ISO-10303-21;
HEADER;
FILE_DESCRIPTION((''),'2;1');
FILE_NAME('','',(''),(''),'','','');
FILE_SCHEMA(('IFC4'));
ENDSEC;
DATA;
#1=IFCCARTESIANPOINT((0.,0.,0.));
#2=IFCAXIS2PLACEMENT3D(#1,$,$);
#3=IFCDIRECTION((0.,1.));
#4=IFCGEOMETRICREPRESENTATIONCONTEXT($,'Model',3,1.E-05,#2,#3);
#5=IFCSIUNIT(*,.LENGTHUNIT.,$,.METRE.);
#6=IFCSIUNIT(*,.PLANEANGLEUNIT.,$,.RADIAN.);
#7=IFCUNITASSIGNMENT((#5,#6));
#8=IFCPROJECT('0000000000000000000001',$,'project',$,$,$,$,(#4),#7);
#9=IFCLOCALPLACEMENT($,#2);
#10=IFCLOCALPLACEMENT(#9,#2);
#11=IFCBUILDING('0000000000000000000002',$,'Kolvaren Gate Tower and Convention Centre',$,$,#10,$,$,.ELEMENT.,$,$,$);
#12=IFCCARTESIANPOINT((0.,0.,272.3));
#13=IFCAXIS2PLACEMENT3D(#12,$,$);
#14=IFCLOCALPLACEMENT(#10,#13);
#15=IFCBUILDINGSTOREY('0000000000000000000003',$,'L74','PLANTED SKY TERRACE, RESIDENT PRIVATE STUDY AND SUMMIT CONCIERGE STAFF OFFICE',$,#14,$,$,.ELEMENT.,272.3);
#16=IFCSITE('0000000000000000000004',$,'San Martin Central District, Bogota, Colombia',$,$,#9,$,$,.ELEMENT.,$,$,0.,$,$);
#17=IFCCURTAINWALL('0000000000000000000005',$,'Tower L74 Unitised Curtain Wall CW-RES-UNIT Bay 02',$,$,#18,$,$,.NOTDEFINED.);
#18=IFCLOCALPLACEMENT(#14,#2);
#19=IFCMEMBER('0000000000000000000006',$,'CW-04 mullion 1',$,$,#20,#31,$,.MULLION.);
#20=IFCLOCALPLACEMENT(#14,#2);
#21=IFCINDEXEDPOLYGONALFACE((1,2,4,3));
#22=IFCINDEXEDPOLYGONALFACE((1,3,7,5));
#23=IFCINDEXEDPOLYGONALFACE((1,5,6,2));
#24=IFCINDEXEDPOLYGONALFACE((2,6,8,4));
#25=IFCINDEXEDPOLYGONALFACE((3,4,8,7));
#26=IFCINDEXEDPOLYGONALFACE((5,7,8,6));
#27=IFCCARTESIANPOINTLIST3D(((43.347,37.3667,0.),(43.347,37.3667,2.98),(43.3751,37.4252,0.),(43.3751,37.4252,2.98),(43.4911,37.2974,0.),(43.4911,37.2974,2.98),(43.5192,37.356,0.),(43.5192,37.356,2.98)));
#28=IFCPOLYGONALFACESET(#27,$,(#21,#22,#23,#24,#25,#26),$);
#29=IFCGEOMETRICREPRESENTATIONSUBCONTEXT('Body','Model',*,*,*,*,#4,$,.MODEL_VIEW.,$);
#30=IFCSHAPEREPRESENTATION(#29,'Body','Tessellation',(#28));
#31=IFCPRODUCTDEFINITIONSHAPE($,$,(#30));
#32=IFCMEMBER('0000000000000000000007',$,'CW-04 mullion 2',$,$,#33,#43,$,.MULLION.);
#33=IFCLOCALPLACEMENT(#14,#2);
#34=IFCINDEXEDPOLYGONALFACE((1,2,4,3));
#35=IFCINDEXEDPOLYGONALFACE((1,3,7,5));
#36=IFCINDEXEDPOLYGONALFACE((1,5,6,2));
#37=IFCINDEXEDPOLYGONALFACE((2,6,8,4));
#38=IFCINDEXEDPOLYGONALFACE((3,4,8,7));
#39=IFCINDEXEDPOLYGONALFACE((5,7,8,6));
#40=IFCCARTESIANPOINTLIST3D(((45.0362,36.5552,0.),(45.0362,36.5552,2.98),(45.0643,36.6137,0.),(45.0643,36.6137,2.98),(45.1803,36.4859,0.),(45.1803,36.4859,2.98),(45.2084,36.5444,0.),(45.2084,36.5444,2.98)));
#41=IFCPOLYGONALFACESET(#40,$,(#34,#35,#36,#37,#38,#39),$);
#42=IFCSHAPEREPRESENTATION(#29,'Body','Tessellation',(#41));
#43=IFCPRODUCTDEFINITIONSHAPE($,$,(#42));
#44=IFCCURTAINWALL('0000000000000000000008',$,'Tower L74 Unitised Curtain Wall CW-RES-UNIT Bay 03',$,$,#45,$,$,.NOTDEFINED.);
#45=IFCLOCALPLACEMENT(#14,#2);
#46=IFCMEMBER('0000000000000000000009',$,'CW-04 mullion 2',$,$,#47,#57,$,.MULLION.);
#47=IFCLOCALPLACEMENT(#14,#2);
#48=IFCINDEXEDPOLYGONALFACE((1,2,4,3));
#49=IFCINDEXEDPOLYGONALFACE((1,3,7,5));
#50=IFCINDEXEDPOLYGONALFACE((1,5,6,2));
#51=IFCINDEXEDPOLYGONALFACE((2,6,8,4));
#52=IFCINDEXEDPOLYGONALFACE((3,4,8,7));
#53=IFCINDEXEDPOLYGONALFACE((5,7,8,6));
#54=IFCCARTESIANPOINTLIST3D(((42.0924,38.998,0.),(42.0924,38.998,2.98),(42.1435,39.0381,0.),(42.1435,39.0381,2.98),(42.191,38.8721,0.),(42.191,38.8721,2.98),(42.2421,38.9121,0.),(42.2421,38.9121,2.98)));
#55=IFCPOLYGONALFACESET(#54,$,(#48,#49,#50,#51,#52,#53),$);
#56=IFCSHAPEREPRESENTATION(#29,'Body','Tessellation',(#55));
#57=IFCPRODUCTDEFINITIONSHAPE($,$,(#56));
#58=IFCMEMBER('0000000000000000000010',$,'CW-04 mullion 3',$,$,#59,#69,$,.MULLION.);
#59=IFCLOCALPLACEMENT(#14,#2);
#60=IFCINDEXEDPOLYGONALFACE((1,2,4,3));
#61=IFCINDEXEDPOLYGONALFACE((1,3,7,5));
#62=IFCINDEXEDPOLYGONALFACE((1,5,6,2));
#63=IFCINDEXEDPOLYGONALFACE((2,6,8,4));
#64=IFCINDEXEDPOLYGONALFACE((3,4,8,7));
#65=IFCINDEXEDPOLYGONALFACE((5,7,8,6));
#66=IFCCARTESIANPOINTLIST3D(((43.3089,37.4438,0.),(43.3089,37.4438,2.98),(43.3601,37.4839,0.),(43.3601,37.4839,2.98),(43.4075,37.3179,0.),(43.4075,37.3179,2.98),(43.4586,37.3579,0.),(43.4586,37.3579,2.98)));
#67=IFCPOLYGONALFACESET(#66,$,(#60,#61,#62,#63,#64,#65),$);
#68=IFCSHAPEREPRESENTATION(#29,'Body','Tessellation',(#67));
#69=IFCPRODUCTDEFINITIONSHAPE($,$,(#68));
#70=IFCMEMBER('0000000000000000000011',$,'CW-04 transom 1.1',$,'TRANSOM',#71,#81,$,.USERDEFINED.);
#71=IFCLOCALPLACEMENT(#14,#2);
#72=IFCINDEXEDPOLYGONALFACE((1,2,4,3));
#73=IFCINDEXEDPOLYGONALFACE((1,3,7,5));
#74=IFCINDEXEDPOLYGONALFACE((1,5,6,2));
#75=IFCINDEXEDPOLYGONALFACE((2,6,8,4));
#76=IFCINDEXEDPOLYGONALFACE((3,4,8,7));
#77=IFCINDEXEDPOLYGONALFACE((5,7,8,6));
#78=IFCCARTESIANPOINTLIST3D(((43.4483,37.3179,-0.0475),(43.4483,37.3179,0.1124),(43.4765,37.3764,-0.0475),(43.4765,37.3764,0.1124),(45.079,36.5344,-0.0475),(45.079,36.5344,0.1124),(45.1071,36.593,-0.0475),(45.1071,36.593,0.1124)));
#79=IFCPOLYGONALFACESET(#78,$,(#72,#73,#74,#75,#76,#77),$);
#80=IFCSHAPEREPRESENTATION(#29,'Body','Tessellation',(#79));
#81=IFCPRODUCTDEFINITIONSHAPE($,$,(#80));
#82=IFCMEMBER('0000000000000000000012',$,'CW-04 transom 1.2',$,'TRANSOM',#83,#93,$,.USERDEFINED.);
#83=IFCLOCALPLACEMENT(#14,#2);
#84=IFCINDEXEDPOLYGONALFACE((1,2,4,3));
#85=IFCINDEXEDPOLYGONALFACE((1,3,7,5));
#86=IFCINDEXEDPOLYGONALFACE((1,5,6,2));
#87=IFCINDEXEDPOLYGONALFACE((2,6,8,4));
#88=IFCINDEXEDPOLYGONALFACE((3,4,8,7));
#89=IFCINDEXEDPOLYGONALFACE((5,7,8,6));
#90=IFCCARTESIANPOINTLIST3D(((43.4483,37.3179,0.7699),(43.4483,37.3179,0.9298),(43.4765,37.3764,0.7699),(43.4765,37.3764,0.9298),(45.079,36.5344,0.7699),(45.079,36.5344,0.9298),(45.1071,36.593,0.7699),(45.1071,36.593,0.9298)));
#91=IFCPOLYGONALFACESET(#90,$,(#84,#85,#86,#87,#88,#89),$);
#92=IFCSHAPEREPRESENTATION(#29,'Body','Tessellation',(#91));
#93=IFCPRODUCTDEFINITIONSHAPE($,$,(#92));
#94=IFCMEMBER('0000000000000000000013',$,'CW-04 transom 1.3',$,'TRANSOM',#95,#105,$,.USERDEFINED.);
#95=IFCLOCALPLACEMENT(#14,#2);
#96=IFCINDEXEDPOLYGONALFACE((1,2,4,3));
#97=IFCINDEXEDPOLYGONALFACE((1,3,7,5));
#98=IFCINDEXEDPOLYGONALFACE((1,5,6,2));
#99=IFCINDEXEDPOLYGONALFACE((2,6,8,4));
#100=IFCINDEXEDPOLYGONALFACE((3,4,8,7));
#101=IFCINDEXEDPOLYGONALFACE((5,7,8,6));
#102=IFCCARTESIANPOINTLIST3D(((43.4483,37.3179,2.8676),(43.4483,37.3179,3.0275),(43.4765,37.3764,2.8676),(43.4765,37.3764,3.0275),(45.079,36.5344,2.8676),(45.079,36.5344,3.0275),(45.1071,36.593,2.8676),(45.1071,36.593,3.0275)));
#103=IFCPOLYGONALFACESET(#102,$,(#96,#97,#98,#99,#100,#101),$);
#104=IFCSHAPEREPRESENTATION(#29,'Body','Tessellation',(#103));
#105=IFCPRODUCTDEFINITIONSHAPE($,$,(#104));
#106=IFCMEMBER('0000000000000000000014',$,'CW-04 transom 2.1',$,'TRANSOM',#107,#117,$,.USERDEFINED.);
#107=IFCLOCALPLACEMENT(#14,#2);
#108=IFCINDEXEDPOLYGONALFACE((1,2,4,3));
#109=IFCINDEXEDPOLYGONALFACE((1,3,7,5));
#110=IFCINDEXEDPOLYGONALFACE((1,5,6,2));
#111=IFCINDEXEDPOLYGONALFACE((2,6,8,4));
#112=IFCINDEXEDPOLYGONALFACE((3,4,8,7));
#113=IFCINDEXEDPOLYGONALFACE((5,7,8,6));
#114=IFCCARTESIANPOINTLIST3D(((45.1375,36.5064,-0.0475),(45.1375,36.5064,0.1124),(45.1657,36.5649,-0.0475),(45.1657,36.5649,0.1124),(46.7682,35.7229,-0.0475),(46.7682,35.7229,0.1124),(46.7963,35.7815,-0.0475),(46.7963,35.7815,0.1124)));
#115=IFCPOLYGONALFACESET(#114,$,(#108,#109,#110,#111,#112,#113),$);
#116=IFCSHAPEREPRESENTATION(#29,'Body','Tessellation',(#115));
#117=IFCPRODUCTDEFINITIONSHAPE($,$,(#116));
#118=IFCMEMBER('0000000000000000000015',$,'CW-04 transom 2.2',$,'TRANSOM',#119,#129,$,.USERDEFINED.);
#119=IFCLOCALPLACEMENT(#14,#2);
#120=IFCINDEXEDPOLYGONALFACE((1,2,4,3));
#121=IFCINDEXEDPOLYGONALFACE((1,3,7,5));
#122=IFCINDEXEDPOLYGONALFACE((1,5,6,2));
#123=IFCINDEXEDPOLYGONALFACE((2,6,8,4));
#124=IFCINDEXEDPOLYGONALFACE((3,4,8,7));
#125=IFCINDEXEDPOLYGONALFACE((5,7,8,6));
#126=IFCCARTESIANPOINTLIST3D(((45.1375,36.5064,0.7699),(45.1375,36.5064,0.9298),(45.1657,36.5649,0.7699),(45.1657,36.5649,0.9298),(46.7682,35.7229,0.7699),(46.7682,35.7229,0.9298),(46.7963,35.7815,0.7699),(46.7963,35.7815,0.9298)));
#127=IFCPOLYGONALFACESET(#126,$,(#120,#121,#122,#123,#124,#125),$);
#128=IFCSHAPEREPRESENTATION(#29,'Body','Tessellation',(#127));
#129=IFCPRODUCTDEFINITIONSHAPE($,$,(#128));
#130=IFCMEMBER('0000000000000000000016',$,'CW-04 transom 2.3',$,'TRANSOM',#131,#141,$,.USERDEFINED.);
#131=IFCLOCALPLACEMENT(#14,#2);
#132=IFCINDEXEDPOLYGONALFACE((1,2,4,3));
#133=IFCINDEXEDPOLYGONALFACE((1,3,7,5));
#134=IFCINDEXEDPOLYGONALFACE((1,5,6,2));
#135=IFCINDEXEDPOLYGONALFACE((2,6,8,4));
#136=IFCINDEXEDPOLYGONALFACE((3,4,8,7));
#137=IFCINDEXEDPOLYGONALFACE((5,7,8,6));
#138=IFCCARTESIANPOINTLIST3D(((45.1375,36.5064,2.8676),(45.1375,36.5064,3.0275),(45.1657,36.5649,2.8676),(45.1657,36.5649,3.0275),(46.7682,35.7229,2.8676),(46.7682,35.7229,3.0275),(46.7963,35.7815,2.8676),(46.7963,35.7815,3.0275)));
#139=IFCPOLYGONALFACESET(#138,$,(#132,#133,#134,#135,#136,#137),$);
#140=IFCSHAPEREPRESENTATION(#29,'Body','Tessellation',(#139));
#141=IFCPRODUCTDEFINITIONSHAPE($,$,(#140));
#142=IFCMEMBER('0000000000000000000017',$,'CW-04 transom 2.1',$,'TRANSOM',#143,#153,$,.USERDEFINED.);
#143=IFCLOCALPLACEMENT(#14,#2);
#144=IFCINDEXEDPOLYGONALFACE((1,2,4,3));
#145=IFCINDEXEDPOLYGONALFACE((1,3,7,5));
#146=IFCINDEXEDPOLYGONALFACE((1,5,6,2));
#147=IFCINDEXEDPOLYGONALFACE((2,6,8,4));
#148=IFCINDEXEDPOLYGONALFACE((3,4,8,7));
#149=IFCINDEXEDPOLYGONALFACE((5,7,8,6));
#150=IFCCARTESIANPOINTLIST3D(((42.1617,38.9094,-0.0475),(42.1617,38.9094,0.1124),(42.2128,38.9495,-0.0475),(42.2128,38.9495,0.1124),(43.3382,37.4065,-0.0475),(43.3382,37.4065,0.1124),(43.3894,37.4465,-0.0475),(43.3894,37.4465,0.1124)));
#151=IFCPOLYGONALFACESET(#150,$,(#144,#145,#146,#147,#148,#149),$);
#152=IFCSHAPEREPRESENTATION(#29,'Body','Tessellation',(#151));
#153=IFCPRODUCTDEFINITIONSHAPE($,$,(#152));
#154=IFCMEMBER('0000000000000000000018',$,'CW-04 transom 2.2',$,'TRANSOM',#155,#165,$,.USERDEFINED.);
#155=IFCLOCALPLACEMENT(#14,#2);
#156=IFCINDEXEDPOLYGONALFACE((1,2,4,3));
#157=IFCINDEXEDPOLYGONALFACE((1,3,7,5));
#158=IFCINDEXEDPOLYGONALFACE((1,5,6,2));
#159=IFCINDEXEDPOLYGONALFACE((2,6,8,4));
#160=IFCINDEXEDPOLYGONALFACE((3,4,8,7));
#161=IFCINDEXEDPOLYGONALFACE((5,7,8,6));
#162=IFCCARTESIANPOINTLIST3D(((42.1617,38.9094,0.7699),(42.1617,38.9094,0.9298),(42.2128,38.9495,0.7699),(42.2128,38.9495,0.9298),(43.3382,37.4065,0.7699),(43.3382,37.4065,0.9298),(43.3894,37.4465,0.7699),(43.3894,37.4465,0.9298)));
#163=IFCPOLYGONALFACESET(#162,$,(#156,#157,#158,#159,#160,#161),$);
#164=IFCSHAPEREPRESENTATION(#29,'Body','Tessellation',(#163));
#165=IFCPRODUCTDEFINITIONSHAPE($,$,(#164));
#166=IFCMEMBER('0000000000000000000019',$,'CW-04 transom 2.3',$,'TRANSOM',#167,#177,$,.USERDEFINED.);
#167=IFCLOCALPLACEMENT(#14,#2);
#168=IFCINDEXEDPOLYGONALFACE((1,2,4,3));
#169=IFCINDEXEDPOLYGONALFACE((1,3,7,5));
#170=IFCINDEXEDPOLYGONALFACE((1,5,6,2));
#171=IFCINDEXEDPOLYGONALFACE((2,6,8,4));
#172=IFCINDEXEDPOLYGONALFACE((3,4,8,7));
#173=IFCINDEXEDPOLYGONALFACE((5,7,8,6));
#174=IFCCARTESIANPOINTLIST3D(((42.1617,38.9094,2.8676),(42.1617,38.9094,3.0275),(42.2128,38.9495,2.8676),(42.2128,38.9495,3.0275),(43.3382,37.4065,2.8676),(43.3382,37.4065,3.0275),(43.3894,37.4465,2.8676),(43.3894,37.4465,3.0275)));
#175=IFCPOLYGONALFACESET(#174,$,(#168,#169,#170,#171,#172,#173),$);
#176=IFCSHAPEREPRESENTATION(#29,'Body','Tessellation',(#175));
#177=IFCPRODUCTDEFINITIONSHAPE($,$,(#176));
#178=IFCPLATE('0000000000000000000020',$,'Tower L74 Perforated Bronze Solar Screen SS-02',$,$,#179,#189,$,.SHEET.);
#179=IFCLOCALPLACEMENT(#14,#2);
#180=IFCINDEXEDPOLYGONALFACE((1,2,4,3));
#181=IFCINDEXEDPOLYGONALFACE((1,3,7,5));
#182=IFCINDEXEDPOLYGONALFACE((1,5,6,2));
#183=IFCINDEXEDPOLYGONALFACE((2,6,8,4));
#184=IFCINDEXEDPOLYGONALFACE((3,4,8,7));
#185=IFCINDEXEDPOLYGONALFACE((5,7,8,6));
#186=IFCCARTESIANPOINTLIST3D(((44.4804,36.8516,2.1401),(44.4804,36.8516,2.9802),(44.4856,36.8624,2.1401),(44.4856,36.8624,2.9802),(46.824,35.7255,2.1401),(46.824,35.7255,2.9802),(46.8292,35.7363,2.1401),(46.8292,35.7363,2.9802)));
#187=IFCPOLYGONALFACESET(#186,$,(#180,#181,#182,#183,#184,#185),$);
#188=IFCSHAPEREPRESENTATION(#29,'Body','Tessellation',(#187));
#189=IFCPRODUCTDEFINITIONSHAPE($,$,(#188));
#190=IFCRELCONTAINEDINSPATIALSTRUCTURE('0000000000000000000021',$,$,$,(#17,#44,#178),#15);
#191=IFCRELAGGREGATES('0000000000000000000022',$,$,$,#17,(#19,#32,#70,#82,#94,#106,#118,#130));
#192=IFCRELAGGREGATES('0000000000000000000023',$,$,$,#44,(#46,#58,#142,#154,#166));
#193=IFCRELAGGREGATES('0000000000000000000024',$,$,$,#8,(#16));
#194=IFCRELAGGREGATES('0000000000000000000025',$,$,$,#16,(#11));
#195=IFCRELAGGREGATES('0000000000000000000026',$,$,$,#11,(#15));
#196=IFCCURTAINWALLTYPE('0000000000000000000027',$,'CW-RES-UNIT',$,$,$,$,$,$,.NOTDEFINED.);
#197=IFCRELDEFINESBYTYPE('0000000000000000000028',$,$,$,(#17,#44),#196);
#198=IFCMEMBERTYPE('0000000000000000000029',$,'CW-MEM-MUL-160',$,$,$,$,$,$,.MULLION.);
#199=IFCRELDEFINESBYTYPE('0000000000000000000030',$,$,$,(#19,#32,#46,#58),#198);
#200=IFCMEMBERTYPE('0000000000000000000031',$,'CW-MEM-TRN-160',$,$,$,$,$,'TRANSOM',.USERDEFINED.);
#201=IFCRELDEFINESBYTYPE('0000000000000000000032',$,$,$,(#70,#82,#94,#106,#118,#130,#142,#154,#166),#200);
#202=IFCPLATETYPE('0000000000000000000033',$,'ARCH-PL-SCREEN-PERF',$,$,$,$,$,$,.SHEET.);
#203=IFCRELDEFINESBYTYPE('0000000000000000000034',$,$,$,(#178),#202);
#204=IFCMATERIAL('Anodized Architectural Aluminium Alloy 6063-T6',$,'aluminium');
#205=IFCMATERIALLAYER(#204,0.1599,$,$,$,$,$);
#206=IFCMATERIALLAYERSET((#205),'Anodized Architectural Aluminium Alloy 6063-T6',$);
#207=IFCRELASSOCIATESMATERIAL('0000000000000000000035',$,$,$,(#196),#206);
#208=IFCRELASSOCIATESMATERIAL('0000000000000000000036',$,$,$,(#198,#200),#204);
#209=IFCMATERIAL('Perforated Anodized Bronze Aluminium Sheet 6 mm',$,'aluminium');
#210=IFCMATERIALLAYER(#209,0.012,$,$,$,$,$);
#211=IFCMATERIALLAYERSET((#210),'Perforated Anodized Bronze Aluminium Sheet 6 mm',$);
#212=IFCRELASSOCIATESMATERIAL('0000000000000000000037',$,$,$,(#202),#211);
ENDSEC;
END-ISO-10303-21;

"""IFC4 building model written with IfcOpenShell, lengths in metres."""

from ifc_helpers import new_model, si_unit, direction, frame, origin, origin_2d, place, context, subcontext, project, spatial, rectangle, extrude, material, layer, layer_set, material_profile, profile_set, type_object, element, aggregate, save


model = new_model("IFC4")

# Units and contexts
model_context = context("Model", 3, precision=1e-05, world=origin(), true_north=direction((0.0, 1.0)))
body_context = subcontext(model_context, "Body", "Model", "MODEL_VIEW")
ifc_project = project(units=[si_unit("LENGTHUNIT", "METRE"), si_unit("PLANEANGLEUNIT", "RADIAN")], contexts=[model_context])

# Site, building, storey
site_placement = place(None, origin())
site = spatial("IfcSite", under=ifc_project, at=site_placement, Name="San Martin Central District, Bogota, Colombia", CompositionType="ELEMENT", RefElevation=0.0)
building_placement = place(site_placement, origin())
building = spatial("IfcBuilding", under=site, at=building_placement, Name="Kolvaren Gate Tower and Convention Centre", CompositionType="ELEMENT")
storey_placement = place(building_placement, frame((0.0, 0.0, 272.3)))
storey = spatial("IfcBuildingStorey", under=building, at=storey_placement, Name="L74", Description="PLANTED SKY TERRACE, RESIDENT PRIVATE STUDY AND SUMMIT CONCIERGE STAFF OFFICE", CompositionType="ELEMENT", Elevation=272.3)

# Curtain walls, members
ifc_material_1 = material(Name="Anodized Architectural Aluminium Alloy 6063-T6", Category="aluminium")
ifc_layer_1 = layer(ifc_material_1, 0.1599)
ifc_layer_set_1 = layer_set([ifc_layer_1], Name="Anodized Architectural Aluminium Alloy 6063-T6")
curtain_wall_type = type_object("IfcCurtainWallType", Name="CW-RES-UNIT", PredefinedType="NOTDEFINED", material=ifc_layer_set_1)
curtain_wall_1_placement = place(storey_placement, origin())
curtain_wall_1 = element("IfcCurtainWall", 1, at=curtain_wall_1_placement, inside=storey, type_object=curtain_wall_type, Name="Tower L74 Unitised Curtain Wall CW-RES-UNIT Bay 02", PredefinedType="NOTDEFINED")
ifc_material_profile_1 = material_profile(ifc_material_1, rectangle(XDim=0.0649, YDim=0.1599, at=origin_2d()), Name="CW-MEM-MUL-160")
ifc_profile_set_1 = profile_set([ifc_material_profile_1], Name="Anodized Architectural Aluminium Alloy 6063-T6")
member_type_1 = type_object("IfcMemberType", Name="CW-MEM-MUL-160", PredefinedType="MULLION", material=ifc_profile_set_1)
member_1_placement = place(storey_placement, frame((43.4331, 37.3613, 0.0), z_axis=(0.0, 0.0, 1.0), x_axis=(0.43307, 0.901361, 0.0)))
member_1 = element("IfcMember", 2, at=member_1_placement, type_object=member_type_1, Name="CW-04 mullion 1", PredefinedType="MULLION", context=body_context, shape_type="SweptSolid", body=[
    extrude(rectangle(XDim=0.0649, YDim=0.1599, at=origin_2d()), origin(), (0.0, 0.0, 1.0), 2.98),
])
member_2_placement = place(storey_placement, frame((45.1223, 36.5498, 0.0), z_axis=(0.0, 0.0, 1.0), x_axis=(0.43307, 0.901361, 0.0)))
member_2 = element("IfcMember", 3, at=member_2_placement, type_object=member_type_1, Name="CW-04 mullion 2", PredefinedType="MULLION", context=body_context, shape_type="SweptSolid", body=[
    extrude(rectangle(XDim=0.0649, YDim=0.1599, at=origin_2d()), origin(), (0.0, 0.0, 1.0), 2.98),
])
curtain_wall_2_placement = place(storey_placement, origin())
curtain_wall_2 = element("IfcCurtainWall", 4, at=curtain_wall_2_placement, inside=storey, type_object=curtain_wall_type, Name="Tower L74 Unitised Curtain Wall CW-RES-UNIT Bay 03", PredefinedType="NOTDEFINED")
member_3_placement = place(storey_placement, frame((42.1672, 38.9551, 0.0), z_axis=(0.0, 0.0, 1.0), x_axis=(0.787408, 0.616433, 0.0)))
member_3 = element("IfcMember", 5, at=member_3_placement, type_object=member_type_1, Name="CW-04 mullion 2", PredefinedType="MULLION", context=body_context, shape_type="SweptSolid", body=[
    extrude(rectangle(XDim=0.0649, YDim=0.1599, at=origin_2d()), origin(), (0.0, 0.0, 1.0), 2.98),
])
member_4_placement = place(storey_placement, frame((43.3838, 37.4009, 0.0), z_axis=(0.0, 0.0, 1.0), x_axis=(0.787408, 0.616433, 0.0)))
member_4 = element("IfcMember", 6, at=member_4_placement, type_object=member_type_1, Name="CW-04 mullion 3", PredefinedType="MULLION", context=body_context, shape_type="SweptSolid", body=[
    extrude(rectangle(XDim=0.0649, YDim=0.1599, at=origin_2d()), origin(), (0.0, 0.0, 1.0), 2.98),
])

# Members
ifc_material_profile_2 = material_profile(ifc_material_1, rectangle(XDim=0.0649, YDim=0.1599, at=origin_2d()), Name="CW-MEM-TRN-160")
ifc_profile_set_2 = profile_set([ifc_material_profile_2], Name="Anodized Architectural Aluminium Alloy 6063-T6")
member_type_2 = type_object("IfcMemberType", Name="CW-MEM-TRN-160", ElementType="TRANSOM", PredefinedType="USERDEFINED", material=ifc_profile_set_2)
member_5_placement = place(storey_placement, frame((43.4624, 37.3472, 0.0325), z_axis=(0.901361, -0.433069, 0.0), x_axis=(0.433069, 0.901361, 0.0)))
member_5 = element("IfcMember", 7, at=member_5_placement, type_object=member_type_2, Name="CW-04 transom 1.1", ObjectType="TRANSOM", PredefinedType="USERDEFINED", context=body_context, shape_type="SweptSolid", body=[
    extrude(rectangle(XDim=0.0649, YDim=0.1599, at=origin_2d()), origin(), (0.0, 0.0, 1.0), 1.8091),
])
member_6_placement = place(storey_placement, frame((43.4624, 37.3472, 0.8499), z_axis=(0.901361, -0.433069, 0.0), x_axis=(0.433069, 0.901361, 0.0)))
member_6 = element("IfcMember", 8, at=member_6_placement, type_object=member_type_2, Name="CW-04 transom 1.2", ObjectType="TRANSOM", PredefinedType="USERDEFINED", context=body_context, shape_type="SweptSolid", body=[
    extrude(rectangle(XDim=0.0649, YDim=0.1599, at=origin_2d()), origin(), (0.0, 0.0, 1.0), 1.8091),
])
member_7_placement = place(storey_placement, frame((43.4624, 37.3472, 2.9475), z_axis=(0.901361, -0.433069, 0.0), x_axis=(0.433069, 0.901361, 0.0)))
member_7 = element("IfcMember", 9, at=member_7_placement, type_object=member_type_2, Name="CW-04 transom 1.3", ObjectType="TRANSOM", PredefinedType="USERDEFINED", context=body_context, shape_type="SweptSolid", body=[
    extrude(rectangle(XDim=0.0649, YDim=0.1599, at=origin_2d()), origin(), (0.0, 0.0, 1.0), 1.8091),
])
member_8_placement = place(storey_placement, frame((45.1516, 36.5356, 0.0325), z_axis=(0.901361, -0.433069, 0.0), x_axis=(0.433069, 0.901361, 0.0)))
member_8 = element("IfcMember", 10, at=member_8_placement, type_object=member_type_2, Name="CW-04 transom 2.1", ObjectType="TRANSOM", PredefinedType="USERDEFINED", context=body_context, shape_type="SweptSolid", body=[
    extrude(rectangle(XDim=0.0649, YDim=0.1599, at=origin_2d()), origin(), (0.0, 0.0, 1.0), 1.8091),
])
member_9_placement = place(storey_placement, frame((45.1516, 36.5356, 0.8499), z_axis=(0.901361, -0.433069, 0.0), x_axis=(0.433069, 0.901361, 0.0)))
member_9 = element("IfcMember", 11, at=member_9_placement, type_object=member_type_2, Name="CW-04 transom 2.2", ObjectType="TRANSOM", PredefinedType="USERDEFINED", context=body_context, shape_type="SweptSolid", body=[
    extrude(rectangle(XDim=0.0649, YDim=0.1599, at=origin_2d()), origin(), (0.0, 0.0, 1.0), 1.8091),
])
member_10_placement = place(storey_placement, frame((45.1516, 36.5356, 2.9475), z_axis=(0.901361, -0.433069, 0.0), x_axis=(0.433069, 0.901361, 0.0)))
member_10 = element("IfcMember", 12, at=member_10_placement, type_object=member_type_2, Name="CW-04 transom 2.3", ObjectType="TRANSOM", PredefinedType="USERDEFINED", context=body_context, shape_type="SweptSolid", body=[
    extrude(rectangle(XDim=0.0649, YDim=0.1599, at=origin_2d()), origin(), (0.0, 0.0, 1.0), 1.8091),
])
member_11_placement = place(storey_placement, frame((42.1873, 38.9294, 0.0325), z_axis=(0.616408, -0.787427, 0.0), x_axis=(0.787427, 0.616408, 0.0)))
member_11 = element("IfcMember", 13, at=member_11_placement, type_object=member_type_2, Name="CW-04 transom 2.1", ObjectType="TRANSOM", PredefinedType="USERDEFINED", context=body_context, shape_type="SweptSolid", body=[
    extrude(rectangle(XDim=0.0649, YDim=0.1599, at=origin_2d()), origin(), (0.0, 0.0, 1.0), 1.9087),
])
member_12_placement = place(storey_placement, frame((42.1873, 38.9294, 0.8499), z_axis=(0.616408, -0.787427, 0.0), x_axis=(0.787427, 0.616408, 0.0)))
member_12 = element("IfcMember", 14, at=member_12_placement, type_object=member_type_2, Name="CW-04 transom 2.2", ObjectType="TRANSOM", PredefinedType="USERDEFINED", context=body_context, shape_type="SweptSolid", body=[
    extrude(rectangle(XDim=0.0649, YDim=0.1599, at=origin_2d()), origin(), (0.0, 0.0, 1.0), 1.9087),
])
member_13_placement = place(storey_placement, frame((42.1873, 38.9294, 2.9475), z_axis=(0.616408, -0.787427, 0.0), x_axis=(0.787427, 0.616408, 0.0)))
member_13 = element("IfcMember", 15, at=member_13_placement, type_object=member_type_2, Name="CW-04 transom 2.3", ObjectType="TRANSOM", PredefinedType="USERDEFINED", context=body_context, shape_type="SweptSolid", body=[
    extrude(rectangle(XDim=0.0649, YDim=0.1599, at=origin_2d()), origin(), (0.0, 0.0, 1.0), 1.9087),
])

# Plate
ifc_material_2 = material(Name="Perforated Anodized Bronze Aluminium Sheet 6 mm", Category="aluminium")
ifc_layer_2 = layer(ifc_material_2, 0.012)
ifc_layer_set_2 = layer_set([ifc_layer_2], Name="Perforated Anodized Bronze Aluminium Sheet 6 mm")
plate_type_1 = type_object("IfcPlateType", Name="ARCH-PL-SCREEN-PERF", PredefinedType="SHEET", material=ifc_layer_set_2)
for number, where, z_axis, x_axis, name in (
    (16, (45.6548, 36.2939, 2.1401), (0.0, 0.0, 1.0), (0.901356, -0.433079, 0.0), "Tower L74 Perforated Bronze Solar Screen SS-02"),
):
    element("IfcPlate", number, at=place(storey_placement, frame(where, z_axis=z_axis, x_axis=x_axis)), inside=storey, type_object=plate_type_1, Name=name, PredefinedType="SHEET", context=body_context, shape_type="SweptSolid", body=[
        extrude(rectangle(XDim=2.6001, YDim=0.012, at=origin_2d()), origin(), (0.0, 0.0, 1.0), 0.8401),
    ])

aggregate(curtain_wall_1, [member_1, member_2, member_5, member_6, member_7, member_8, member_9, member_10])
aggregate(curtain_wall_2, [member_3, member_4, member_11, member_12, member_13])

save(model, "model.ifc")
